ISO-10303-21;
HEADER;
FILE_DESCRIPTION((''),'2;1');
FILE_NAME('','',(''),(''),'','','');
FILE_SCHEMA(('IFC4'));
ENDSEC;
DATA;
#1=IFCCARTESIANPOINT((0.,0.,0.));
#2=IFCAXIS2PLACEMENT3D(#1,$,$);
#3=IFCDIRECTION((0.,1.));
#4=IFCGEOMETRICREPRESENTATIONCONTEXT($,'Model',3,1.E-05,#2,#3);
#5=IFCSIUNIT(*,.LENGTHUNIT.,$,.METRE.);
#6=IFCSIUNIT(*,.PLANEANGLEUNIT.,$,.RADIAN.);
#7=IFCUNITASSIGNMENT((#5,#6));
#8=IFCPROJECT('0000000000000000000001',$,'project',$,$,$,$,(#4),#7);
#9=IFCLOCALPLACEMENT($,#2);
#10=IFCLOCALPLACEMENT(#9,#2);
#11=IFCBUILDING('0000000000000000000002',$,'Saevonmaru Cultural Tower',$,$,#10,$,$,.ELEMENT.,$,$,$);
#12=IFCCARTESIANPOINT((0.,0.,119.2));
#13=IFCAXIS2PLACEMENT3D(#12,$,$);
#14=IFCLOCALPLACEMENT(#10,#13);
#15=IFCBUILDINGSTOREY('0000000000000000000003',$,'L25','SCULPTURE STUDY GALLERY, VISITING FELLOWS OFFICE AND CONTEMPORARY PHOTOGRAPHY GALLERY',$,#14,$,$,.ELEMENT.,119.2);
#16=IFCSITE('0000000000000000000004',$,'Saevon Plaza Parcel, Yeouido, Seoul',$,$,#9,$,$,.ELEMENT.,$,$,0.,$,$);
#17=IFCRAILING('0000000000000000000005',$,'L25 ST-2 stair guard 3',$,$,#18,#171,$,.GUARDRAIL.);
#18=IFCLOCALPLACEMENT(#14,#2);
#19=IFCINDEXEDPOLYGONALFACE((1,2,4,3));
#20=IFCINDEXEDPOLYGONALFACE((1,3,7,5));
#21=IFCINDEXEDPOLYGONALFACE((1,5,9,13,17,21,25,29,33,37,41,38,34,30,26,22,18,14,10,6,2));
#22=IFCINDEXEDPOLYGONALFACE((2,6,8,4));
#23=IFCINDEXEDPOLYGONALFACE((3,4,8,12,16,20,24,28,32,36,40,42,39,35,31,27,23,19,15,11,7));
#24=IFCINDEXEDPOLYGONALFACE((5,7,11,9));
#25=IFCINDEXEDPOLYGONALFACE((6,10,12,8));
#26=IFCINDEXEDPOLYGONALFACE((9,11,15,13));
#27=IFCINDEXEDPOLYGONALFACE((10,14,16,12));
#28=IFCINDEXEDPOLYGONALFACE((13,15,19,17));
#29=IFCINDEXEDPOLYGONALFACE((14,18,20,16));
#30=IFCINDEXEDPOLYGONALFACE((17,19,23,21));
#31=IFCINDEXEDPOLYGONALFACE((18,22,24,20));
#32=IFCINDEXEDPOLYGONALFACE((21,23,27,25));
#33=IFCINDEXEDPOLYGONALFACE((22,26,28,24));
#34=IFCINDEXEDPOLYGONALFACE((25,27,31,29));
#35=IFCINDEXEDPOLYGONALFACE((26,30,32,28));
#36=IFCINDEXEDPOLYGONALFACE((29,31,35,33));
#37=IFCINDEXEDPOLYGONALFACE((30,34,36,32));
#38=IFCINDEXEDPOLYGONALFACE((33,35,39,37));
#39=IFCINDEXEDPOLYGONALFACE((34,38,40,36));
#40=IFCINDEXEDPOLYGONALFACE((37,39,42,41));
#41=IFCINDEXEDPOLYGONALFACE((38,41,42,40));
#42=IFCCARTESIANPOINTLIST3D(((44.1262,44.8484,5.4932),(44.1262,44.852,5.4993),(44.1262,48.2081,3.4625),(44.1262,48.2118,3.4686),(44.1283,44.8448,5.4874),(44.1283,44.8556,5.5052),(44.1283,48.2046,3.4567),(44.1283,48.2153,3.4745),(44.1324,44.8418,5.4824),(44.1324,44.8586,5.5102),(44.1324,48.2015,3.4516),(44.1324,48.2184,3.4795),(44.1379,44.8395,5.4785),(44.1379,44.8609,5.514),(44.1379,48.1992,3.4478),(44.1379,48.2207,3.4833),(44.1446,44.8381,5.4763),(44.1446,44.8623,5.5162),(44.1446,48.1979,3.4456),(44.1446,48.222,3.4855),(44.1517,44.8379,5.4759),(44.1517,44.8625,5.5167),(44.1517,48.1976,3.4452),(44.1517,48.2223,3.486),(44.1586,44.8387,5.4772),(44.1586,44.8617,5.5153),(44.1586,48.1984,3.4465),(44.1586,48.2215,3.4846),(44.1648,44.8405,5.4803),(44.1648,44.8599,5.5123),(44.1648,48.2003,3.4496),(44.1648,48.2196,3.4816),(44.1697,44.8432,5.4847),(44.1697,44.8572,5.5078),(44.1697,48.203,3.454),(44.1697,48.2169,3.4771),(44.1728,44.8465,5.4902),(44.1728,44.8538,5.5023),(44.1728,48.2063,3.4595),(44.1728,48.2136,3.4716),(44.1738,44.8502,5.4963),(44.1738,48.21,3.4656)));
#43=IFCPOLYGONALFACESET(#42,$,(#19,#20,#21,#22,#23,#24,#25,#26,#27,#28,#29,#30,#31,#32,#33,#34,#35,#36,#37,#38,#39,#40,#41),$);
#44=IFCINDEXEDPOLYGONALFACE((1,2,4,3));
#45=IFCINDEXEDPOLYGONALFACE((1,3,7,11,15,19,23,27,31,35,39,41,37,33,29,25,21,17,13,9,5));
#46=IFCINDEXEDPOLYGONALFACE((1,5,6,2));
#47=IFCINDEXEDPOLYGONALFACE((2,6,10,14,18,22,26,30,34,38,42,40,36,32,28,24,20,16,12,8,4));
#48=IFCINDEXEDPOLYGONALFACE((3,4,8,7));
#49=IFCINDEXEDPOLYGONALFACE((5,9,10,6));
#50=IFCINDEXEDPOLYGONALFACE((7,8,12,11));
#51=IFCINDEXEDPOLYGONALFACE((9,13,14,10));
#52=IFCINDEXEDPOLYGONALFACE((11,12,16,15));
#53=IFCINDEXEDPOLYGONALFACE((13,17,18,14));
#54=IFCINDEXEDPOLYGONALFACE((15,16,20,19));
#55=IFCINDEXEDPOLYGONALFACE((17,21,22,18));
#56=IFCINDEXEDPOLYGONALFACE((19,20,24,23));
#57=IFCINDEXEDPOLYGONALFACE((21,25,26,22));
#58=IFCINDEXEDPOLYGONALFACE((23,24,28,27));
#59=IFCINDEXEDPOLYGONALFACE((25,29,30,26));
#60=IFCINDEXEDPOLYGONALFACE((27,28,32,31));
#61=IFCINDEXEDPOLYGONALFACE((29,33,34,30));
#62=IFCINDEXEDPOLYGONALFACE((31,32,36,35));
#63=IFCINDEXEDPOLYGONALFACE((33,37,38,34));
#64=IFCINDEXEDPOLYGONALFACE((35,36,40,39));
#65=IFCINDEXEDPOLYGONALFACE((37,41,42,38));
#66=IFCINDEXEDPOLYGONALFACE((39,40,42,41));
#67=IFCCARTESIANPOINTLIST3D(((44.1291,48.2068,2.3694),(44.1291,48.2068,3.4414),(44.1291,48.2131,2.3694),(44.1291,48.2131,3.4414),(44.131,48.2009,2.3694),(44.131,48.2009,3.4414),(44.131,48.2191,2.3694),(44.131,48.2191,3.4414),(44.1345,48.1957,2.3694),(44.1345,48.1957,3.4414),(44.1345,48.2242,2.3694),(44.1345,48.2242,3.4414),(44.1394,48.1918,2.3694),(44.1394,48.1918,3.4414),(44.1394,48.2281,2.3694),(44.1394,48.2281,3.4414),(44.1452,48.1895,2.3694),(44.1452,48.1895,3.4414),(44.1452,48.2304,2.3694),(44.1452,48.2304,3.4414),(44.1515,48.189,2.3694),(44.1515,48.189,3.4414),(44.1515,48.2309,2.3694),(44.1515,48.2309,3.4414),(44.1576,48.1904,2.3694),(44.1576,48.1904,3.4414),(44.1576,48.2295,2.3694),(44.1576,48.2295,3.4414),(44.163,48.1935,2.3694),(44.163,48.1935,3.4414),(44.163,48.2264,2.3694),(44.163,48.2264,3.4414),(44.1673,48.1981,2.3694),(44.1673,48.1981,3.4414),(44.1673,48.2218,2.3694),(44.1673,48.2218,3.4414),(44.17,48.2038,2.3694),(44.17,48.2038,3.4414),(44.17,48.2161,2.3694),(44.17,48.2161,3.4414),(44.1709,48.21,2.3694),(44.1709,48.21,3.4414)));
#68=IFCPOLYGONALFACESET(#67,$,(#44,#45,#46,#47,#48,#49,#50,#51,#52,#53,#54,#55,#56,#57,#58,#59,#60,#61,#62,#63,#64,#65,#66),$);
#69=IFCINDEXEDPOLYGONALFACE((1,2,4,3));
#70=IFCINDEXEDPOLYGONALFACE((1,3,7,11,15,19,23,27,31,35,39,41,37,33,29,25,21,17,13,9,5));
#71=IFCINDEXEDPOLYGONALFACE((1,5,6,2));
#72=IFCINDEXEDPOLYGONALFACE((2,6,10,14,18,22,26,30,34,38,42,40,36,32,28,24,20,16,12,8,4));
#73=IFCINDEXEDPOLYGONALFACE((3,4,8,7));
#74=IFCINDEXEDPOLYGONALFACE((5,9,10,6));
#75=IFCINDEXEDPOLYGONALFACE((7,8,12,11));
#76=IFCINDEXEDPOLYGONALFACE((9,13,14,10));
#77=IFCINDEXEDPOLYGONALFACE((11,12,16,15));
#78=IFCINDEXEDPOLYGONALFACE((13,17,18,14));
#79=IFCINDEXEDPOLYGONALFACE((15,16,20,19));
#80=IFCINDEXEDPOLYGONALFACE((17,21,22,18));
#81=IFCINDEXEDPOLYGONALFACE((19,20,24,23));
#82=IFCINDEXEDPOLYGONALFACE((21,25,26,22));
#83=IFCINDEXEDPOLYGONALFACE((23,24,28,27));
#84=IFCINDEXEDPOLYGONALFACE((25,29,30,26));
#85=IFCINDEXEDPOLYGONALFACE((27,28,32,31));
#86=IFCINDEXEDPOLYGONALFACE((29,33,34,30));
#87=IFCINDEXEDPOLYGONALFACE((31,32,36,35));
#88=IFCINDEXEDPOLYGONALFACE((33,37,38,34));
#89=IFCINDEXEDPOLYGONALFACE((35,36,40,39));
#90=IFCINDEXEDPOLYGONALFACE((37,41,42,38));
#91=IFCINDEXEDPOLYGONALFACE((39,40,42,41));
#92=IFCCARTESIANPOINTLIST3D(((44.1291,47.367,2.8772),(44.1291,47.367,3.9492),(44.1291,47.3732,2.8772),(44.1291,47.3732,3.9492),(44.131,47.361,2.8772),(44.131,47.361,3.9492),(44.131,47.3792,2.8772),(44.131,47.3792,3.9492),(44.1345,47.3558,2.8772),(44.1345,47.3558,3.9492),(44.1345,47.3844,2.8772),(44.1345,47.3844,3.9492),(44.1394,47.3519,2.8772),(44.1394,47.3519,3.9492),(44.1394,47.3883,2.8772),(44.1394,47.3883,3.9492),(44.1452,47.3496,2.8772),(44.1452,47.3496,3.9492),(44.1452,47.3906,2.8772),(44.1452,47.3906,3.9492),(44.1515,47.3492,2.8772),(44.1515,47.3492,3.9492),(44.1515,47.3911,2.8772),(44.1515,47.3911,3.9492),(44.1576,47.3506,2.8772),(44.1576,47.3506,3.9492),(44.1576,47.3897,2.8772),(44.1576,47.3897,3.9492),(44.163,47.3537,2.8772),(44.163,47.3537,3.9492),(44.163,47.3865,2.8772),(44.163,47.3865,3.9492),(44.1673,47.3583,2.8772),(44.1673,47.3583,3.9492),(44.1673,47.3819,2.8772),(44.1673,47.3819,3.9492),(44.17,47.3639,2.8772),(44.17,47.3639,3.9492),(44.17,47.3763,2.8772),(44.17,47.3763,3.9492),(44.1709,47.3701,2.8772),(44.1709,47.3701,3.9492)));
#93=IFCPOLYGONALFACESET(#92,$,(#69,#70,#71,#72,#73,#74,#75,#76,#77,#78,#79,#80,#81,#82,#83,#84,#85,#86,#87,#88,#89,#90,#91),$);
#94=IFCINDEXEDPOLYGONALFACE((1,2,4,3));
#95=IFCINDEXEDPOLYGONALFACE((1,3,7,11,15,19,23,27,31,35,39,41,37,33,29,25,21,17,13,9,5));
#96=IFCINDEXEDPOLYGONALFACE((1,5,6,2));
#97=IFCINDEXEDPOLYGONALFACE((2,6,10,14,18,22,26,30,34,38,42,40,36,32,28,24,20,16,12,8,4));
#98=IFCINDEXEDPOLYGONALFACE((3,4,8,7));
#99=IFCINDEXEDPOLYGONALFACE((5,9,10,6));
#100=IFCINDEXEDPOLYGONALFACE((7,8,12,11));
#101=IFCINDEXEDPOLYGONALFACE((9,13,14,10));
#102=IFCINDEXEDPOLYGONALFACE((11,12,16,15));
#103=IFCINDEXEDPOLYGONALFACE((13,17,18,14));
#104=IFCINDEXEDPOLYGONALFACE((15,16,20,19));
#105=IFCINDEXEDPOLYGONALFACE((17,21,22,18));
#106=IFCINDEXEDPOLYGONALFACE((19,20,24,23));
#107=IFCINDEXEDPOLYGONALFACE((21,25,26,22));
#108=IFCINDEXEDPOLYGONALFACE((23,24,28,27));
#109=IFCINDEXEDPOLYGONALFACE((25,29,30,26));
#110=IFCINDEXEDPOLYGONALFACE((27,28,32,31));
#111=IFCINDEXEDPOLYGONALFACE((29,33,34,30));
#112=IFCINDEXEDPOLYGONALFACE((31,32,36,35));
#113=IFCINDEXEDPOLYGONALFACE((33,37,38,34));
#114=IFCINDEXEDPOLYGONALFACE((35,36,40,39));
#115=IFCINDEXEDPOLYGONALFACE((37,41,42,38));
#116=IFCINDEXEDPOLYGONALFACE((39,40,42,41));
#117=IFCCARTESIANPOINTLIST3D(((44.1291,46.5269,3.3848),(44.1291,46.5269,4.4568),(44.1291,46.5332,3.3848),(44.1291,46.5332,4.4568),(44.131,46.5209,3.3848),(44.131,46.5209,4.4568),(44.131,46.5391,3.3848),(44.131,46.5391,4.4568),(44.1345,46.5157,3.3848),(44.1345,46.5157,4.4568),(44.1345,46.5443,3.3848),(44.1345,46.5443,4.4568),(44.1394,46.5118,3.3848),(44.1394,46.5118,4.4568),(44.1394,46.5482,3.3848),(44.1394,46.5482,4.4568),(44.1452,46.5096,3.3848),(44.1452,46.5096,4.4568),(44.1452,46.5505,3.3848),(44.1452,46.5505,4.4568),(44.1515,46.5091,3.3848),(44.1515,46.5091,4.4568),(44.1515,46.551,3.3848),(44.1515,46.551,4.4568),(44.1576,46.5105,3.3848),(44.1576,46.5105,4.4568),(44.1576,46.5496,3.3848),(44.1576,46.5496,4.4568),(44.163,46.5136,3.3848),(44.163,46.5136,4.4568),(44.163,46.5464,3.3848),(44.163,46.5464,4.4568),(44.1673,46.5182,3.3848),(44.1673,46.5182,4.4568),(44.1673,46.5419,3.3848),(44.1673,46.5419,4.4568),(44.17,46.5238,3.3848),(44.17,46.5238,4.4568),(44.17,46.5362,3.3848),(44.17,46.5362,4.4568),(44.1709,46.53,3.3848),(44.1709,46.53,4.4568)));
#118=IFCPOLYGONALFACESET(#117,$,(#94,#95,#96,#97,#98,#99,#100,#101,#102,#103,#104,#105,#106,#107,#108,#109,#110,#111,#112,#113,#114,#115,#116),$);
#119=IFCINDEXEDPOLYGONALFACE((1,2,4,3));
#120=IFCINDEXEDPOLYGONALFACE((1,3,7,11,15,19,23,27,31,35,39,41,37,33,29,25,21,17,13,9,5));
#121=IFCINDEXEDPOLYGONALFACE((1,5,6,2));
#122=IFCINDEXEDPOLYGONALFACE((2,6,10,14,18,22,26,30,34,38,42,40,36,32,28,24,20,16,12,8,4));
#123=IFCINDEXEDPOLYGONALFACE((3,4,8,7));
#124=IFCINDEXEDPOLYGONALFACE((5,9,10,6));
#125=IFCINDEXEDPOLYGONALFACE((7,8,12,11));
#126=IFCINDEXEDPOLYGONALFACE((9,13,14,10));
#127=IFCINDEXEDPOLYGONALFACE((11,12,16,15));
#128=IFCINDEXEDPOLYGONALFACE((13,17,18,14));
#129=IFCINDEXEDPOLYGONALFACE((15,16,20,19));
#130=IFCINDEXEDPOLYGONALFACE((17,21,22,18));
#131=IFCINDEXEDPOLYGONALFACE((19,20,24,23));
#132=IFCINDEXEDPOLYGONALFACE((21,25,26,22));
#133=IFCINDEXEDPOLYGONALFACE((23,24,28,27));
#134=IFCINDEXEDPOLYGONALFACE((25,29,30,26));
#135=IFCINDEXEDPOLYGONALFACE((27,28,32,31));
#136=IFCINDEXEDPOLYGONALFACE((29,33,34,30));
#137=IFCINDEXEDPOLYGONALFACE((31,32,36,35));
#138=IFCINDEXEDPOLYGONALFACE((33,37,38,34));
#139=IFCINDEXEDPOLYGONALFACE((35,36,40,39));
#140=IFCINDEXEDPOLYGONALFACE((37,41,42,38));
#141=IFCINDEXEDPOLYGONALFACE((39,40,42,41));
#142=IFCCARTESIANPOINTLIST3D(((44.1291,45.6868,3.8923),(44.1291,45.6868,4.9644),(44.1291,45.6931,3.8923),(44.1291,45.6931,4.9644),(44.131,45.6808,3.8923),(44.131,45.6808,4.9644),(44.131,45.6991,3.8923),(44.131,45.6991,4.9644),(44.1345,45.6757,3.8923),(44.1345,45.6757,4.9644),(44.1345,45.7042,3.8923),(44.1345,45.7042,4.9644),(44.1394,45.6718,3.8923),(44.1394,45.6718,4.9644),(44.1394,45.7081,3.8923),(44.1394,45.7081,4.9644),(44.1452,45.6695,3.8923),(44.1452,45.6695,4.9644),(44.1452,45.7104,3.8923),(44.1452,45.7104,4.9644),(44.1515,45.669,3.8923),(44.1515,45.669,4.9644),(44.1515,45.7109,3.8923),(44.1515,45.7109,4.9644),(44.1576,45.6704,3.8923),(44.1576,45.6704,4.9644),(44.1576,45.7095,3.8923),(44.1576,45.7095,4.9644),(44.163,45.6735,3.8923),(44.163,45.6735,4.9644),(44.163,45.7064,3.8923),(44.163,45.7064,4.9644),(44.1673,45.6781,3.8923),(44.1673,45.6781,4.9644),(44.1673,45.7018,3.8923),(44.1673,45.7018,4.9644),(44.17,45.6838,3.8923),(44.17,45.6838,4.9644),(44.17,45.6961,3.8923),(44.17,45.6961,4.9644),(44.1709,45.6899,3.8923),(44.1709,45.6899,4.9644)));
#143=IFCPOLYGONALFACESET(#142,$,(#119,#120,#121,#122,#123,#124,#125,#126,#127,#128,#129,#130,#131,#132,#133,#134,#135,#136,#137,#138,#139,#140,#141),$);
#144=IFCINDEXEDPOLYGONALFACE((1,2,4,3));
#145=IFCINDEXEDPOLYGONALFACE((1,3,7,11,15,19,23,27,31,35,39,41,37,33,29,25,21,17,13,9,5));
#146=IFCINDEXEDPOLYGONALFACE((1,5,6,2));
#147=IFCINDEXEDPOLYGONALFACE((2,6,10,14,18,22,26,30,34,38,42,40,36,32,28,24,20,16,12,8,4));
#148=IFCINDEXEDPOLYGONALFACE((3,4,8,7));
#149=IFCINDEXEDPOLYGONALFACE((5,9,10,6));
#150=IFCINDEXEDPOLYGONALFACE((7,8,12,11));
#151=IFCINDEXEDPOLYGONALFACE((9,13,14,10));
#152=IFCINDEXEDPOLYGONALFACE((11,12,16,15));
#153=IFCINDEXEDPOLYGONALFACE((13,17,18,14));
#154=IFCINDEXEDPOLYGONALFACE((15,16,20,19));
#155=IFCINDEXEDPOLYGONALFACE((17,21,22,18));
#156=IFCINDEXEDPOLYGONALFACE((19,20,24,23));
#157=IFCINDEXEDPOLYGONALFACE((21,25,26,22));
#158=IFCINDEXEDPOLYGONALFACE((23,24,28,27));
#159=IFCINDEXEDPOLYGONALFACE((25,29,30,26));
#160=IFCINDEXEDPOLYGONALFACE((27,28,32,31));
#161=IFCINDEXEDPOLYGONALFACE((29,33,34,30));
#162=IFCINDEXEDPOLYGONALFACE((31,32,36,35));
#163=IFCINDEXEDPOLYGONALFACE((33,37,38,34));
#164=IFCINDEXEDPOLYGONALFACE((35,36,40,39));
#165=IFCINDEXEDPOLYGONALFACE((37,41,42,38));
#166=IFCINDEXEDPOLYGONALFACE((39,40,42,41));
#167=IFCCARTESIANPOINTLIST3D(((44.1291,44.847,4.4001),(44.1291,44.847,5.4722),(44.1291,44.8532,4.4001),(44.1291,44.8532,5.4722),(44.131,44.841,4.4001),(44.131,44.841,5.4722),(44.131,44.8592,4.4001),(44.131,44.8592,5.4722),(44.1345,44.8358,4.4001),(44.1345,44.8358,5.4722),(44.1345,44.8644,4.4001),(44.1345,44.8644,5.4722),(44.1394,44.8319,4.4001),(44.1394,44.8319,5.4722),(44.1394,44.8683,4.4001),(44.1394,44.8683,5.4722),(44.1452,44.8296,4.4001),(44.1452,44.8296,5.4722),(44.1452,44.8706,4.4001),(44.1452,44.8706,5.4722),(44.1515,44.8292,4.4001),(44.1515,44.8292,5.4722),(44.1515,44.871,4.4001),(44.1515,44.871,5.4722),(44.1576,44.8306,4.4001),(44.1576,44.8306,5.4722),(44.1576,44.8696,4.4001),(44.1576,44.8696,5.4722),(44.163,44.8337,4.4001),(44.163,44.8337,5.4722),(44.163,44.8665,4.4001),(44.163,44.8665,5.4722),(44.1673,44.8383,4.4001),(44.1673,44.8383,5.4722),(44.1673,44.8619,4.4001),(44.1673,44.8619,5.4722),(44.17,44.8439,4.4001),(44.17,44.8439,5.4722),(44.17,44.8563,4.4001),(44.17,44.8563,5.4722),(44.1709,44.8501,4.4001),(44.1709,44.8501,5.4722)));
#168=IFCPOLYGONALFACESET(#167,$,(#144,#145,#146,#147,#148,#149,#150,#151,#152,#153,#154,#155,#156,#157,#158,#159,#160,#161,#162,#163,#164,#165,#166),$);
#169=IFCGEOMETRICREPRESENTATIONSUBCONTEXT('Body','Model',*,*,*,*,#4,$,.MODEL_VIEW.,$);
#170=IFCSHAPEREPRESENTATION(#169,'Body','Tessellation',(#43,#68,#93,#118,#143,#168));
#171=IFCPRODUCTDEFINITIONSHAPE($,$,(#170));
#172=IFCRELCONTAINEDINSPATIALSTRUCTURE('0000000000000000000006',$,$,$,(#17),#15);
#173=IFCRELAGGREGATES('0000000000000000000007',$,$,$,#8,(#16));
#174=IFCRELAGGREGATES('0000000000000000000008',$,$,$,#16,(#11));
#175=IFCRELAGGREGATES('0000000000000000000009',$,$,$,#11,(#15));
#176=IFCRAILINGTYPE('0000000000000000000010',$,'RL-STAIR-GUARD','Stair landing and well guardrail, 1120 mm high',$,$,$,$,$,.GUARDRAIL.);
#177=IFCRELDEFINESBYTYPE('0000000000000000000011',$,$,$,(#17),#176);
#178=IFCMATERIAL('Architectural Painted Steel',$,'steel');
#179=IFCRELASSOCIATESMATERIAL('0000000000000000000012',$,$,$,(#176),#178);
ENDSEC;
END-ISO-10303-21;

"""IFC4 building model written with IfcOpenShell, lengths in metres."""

from ifc_helpers import new_model, si_unit, direction, frame, origin, origin_2d, place, context, subcontext, project, spatial, circle, extrude, material, type_object, element, save


model = new_model("IFC4")

# Units and contexts
model_context = context("Model", 3, precision=1e-05, world=origin(), true_north=direction((0.0, 1.0)))
body_context = subcontext(model_context, "Body", "Model", "MODEL_VIEW")
ifc_project = project(units=[si_unit("LENGTHUNIT", "METRE"), si_unit("PLANEANGLEUNIT", "RADIAN")], contexts=[model_context])

# Site, building, storey
site_placement = place(None, origin())
site = spatial("IfcSite", under=ifc_project, at=site_placement, Name="Saevon Plaza Parcel, Yeouido, Seoul", CompositionType="ELEMENT", RefElevation=0.0)
building_placement = place(site_placement, origin())
building = spatial("IfcBuilding", under=site, at=building_placement, Name="Saevonmaru Cultural Tower", CompositionType="ELEMENT")
storey_placement = place(building_placement, frame((0.0, 0.0, 119.2)))
storey = spatial("IfcBuildingStorey", under=building, at=storey_placement, Name="L25", Description="SCULPTURE STUDY GALLERY, VISITING FELLOWS OFFICE AND CONTEMPORARY PHOTOGRAPHY GALLERY", CompositionType="ELEMENT", Elevation=119.2)

# Railing
ifc_material_1 = material(Name="Architectural Painted Steel", Category="steel")
railing_type_1 = type_object("IfcRailingType", Name="RL-STAIR-GUARD", Description="Stair landing and well guardrail, 1120 mm high", PredefinedType="GUARDRAIL", material=ifc_material_1)
railing_1_placement = place(storey_placement, frame((44.1499, 48.21, 2.3694)))
element("IfcRailing", 1, at=railing_1_placement, inside=storey, type_object=railing_type_1, Name="L25 ST-2 stair guard 3", PredefinedType="GUARDRAIL", context=body_context, shape_type="SweptSolid", body=[
    extrude(circle(Radius=0.0239, at=origin_2d()), frame((0.0, 0.0, 1.0962), z_axis=(0.0, -0.85582, 0.517273), x_axis=(1.0, 0.0, 0.0)), (0.0, 0.0, 1.0), 3.9258),
    extrude(circle(Radius=0.021, at=origin_2d()), origin(), (0.0, 0.0, 1.0), 1.072),
    extrude(circle(Radius=0.021, at=origin_2d()), frame((0.0, -0.8398, 0.5078)), (0.0, 0.0, 1.0), 1.072),
    extrude(circle(Radius=0.021, at=origin_2d()), frame((0.0, -1.6799, 1.0154)), (0.0, 0.0, 1.0), 1.072),
    extrude(circle(Radius=0.021, at=origin_2d()), frame((0.0, -2.52, 1.5229)), (0.0, 0.0, 1.0), 1.072),
    extrude(circle(Radius=0.021, at=origin_2d()), frame((0.0, -3.3599, 2.0308)), (0.0, 0.0, 1.0), 1.072),
])

save(model, "model.ifc")
